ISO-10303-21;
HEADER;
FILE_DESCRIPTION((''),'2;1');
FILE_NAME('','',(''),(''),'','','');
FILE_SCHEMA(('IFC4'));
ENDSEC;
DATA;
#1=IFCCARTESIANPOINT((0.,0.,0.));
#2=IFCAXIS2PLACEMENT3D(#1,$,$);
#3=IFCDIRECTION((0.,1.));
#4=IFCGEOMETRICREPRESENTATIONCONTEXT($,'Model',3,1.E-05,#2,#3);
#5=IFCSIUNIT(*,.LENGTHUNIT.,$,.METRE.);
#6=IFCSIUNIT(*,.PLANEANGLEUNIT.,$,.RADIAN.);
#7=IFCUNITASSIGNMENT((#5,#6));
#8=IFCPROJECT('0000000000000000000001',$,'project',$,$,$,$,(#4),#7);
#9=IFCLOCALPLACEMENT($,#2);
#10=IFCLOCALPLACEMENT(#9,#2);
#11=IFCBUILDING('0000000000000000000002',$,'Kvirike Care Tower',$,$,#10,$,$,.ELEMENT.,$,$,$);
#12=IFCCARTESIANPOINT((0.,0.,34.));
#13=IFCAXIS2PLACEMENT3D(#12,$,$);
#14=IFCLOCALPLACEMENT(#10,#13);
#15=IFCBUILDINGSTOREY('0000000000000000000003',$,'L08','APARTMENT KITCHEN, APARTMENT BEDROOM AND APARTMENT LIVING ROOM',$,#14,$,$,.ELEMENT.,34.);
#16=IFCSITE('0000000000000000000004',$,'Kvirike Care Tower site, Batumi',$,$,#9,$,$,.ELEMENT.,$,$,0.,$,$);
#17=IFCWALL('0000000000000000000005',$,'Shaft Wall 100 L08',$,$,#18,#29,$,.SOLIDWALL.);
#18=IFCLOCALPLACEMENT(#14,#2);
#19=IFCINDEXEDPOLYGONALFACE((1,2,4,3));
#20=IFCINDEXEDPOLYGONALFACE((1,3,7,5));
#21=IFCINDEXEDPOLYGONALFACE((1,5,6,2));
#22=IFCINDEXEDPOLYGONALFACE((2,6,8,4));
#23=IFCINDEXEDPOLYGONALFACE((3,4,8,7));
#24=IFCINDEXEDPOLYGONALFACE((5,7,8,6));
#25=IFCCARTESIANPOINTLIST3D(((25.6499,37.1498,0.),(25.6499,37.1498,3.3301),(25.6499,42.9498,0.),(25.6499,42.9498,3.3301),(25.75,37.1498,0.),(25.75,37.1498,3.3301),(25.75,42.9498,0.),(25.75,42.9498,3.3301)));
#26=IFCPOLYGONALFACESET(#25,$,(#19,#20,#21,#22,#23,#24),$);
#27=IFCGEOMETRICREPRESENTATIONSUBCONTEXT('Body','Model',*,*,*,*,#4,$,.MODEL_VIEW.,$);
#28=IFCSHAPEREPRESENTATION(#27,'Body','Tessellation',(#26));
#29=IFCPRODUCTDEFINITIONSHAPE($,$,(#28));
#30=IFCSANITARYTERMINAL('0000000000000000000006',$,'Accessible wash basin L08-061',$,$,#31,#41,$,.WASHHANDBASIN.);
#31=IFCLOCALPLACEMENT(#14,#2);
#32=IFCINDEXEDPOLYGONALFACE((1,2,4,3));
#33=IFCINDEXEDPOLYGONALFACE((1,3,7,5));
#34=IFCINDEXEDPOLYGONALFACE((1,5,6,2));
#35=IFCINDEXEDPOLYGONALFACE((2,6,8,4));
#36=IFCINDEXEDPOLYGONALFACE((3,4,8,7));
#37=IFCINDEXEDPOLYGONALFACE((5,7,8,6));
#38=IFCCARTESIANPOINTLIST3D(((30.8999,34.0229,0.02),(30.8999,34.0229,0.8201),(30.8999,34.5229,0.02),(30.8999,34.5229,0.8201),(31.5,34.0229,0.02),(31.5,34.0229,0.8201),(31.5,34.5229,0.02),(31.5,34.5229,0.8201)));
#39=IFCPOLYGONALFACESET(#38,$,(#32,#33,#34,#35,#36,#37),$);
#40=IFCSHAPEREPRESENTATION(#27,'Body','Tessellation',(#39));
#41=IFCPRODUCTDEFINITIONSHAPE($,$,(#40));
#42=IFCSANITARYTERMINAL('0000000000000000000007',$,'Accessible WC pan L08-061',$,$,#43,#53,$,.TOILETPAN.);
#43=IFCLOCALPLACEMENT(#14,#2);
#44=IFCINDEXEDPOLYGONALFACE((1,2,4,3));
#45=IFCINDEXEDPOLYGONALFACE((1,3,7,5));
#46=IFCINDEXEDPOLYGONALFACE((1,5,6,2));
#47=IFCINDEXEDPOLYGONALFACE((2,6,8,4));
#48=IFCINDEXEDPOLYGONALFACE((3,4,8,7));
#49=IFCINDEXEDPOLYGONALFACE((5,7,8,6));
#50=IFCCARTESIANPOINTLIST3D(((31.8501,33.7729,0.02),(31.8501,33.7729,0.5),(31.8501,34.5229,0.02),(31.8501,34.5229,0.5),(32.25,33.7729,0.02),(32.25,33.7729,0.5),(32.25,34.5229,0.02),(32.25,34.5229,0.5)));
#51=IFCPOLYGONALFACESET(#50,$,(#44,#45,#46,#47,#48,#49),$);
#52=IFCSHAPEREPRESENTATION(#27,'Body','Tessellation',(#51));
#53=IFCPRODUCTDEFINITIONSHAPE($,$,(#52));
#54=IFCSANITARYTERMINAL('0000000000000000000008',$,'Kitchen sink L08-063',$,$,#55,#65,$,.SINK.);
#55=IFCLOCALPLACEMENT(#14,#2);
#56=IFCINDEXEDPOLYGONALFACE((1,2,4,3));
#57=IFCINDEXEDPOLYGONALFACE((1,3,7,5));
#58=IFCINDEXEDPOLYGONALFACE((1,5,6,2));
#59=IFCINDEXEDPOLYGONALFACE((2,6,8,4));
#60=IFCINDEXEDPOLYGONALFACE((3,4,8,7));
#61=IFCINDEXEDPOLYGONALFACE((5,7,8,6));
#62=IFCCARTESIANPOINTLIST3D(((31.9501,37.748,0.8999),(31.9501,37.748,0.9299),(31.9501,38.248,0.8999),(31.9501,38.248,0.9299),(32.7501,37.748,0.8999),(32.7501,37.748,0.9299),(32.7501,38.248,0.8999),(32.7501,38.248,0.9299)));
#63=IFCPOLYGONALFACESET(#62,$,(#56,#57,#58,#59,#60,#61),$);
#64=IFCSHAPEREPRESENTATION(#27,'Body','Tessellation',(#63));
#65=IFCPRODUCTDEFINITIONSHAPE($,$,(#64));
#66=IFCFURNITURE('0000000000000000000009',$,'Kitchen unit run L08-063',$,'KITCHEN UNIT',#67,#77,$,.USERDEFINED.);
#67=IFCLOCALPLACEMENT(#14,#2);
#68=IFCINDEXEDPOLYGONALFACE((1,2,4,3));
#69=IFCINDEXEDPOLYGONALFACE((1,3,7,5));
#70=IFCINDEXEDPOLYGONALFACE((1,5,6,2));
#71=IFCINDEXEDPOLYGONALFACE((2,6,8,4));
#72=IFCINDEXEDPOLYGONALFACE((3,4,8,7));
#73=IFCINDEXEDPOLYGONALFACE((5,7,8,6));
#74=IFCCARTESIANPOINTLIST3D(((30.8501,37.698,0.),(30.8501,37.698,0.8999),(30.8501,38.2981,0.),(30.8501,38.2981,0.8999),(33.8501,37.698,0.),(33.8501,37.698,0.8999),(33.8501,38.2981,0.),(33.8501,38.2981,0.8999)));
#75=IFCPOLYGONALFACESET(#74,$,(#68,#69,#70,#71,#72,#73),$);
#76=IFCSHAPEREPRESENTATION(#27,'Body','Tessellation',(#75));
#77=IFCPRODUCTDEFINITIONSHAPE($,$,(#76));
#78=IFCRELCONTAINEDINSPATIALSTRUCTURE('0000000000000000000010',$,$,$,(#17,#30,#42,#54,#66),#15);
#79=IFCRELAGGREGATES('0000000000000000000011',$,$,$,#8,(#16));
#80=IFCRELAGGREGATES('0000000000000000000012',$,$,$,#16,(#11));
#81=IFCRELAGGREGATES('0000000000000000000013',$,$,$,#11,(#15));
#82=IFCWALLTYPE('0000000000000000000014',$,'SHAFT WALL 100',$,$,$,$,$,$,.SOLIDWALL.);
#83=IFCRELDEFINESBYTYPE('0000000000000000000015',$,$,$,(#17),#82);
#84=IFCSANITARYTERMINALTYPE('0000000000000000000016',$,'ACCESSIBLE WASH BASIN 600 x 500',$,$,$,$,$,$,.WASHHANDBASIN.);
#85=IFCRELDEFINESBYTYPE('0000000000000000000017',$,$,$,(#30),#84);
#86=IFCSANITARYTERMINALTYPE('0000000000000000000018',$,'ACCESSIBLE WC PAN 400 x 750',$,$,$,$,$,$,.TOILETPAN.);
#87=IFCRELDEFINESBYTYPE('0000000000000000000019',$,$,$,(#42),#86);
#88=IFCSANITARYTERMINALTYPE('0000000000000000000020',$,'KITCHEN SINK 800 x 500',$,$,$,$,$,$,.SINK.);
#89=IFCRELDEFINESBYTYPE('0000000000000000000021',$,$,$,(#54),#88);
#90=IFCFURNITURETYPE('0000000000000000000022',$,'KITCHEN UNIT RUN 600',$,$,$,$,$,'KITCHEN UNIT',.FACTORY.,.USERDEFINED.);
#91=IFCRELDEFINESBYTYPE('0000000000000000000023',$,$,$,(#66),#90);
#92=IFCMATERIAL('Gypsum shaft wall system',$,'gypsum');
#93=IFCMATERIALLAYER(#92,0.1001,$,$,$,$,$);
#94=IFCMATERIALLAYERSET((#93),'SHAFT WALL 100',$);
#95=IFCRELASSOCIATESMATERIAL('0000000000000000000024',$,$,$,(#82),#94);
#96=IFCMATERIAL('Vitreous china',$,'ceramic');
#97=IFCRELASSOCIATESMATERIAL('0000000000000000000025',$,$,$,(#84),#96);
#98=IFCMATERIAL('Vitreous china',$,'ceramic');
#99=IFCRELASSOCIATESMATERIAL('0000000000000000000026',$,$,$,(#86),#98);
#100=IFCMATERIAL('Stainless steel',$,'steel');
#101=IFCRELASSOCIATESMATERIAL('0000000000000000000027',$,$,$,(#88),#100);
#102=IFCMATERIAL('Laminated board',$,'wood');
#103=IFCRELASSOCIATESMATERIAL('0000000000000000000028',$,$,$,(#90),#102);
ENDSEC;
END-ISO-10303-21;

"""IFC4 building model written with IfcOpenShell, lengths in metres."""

from ifc_helpers import new_model, si_unit, direction, frame, frame_2d, origin, origin_2d, place, context, subcontext, project, spatial, rectangle, extrude, material, layer, layer_set, type_object, element, save


model = new_model("IFC4")

# Units and contexts
model_context = context("Model", 3, precision=1e-05, world=origin(), true_north=direction((0.0, 1.0)))
body_context = subcontext(model_context, "Body", "Model", "MODEL_VIEW")
ifc_project = project(units=[si_unit("LENGTHUNIT", "METRE"), si_unit("PLANEANGLEUNIT", "RADIAN")], contexts=[model_context])

# Site, building, storey
site_placement = place(None, origin())
site = spatial("IfcSite", under=ifc_project, at=site_placement, Name="Kvirike Care Tower site, Batumi", CompositionType="ELEMENT", RefElevation=0.0)
building_placement = place(site_placement, origin())
building = spatial("IfcBuilding", under=site, at=building_placement, Name="Kvirike Care Tower", CompositionType="ELEMENT")
storey_placement = place(building_placement, frame((0.0, 0.0, 34.0)))
storey = spatial("IfcBuildingStorey", under=building, at=storey_placement, Name="L08", Description="APARTMENT KITCHEN, APARTMENT BEDROOM AND APARTMENT LIVING ROOM", CompositionType="ELEMENT", Elevation=34.0)

# Shared definitions
ifc_material_1 = material(Name="Gypsum shaft wall system", Category="gypsum")
ifc_layer_1 = layer(ifc_material_1, 0.1001)
ifc_layer_set_1 = layer_set([ifc_layer_1], Name="SHAFT WALL 100")
wall_type_1 = type_object("IfcWallType", Name="SHAFT WALL 100", PredefinedType="SOLIDWALL", material=ifc_layer_set_1)

# Wall
wall_1_placement = place(storey_placement, frame((25.7, 37.1499, 0.0), z_axis=(0.0, 0.0, 1.0), x_axis=(0.0, 1.0, 0.0)))
element("IfcWall", 1, at=wall_1_placement, inside=storey, type_object=wall_type_1, Name="Shaft Wall 100 L08", PredefinedType="SOLIDWALL", context=body_context, shape_type="SweptSolid", body=[
    extrude(rectangle(XDim=5.8, YDim=0.1001, at=frame_2d((2.8999, 0.0))), origin(), (0.0, 0.0, 1.0), 3.3301),
])

# Sanitary terminals
ifc_material_2 = material(Name="Vitreous china", Category="ceramic")
sanitary_terminal_type_1 = type_object("IfcSanitaryTerminalType", Name="ACCESSIBLE WASH BASIN 600 x 500", PredefinedType="WASHHANDBASIN", material=ifc_material_2)
sanitary_terminal_1_placement = place(storey_placement, frame((31.2, 34.2729, 0.02), z_axis=(0.0, 0.0, 1.0), x_axis=(1.0, 0.0, 0.0)))
element("IfcSanitaryTerminal", 2, at=sanitary_terminal_1_placement, inside=storey, type_object=sanitary_terminal_type_1, Name="Accessible wash basin L08-061", PredefinedType="WASHHANDBASIN", context=body_context, shape_type="SweptSolid", body=[
    extrude(rectangle(XDim=0.6001, YDim=0.5, at=origin_2d()), origin(), (0.0, 0.0, 1.0), 0.8),
])
ifc_material_3 = material(Name="Vitreous china", Category="ceramic")
sanitary_terminal_type_2 = type_object("IfcSanitaryTerminalType", Name="ACCESSIBLE WC PAN 400 x 750", PredefinedType="TOILETPAN", material=ifc_material_3)
sanitary_terminal_2_placement = place(storey_placement, frame((32.05, 34.1479, 0.02), z_axis=(0.0, 0.0, 1.0), x_axis=(1.0, 0.0, 0.0)))
element("IfcSanitaryTerminal", 3, at=sanitary_terminal_2_placement, inside=storey, type_object=sanitary_terminal_type_2, Name="Accessible WC pan L08-061", PredefinedType="TOILETPAN", context=body_context, shape_type="SweptSolid", body=[
    extrude(rectangle(XDim=0.3999, YDim=0.75, at=origin_2d()), origin(), (0.0, 0.0, 1.0), 0.48),
])
ifc_material_4 = material(Name="Stainless steel", Category="steel")
sanitary_terminal_type_3 = type_object("IfcSanitaryTerminalType", Name="KITCHEN SINK 800 x 500", PredefinedType="SINK", material=ifc_material_4)
sanitary_terminal_3_placement = place(storey_placement, frame((32.3501, 37.998, 0.8999), z_axis=(0.0, 0.0, 1.0), x_axis=(1.0, 0.0, 0.0)))
element("IfcSanitaryTerminal", 4, at=sanitary_terminal_3_placement, inside=storey, type_object=sanitary_terminal_type_3, Name="Kitchen sink L08-063", PredefinedType="SINK", context=body_context, shape_type="SweptSolid", body=[
    extrude(rectangle(XDim=0.8, YDim=0.5, at=origin_2d()), origin(), (0.0, 0.0, 1.0), 0.03),
])

# Furniture
ifc_material_5 = material(Name="Laminated board", Category="wood")
furniture_type = type_object("IfcFurnitureType", Name="KITCHEN UNIT RUN 600", ElementType="KITCHEN UNIT", AssemblyPlace="FACTORY", PredefinedType="USERDEFINED", material=ifc_material_5)
furniture_placement = place(storey_placement, frame((32.3501, 37.998, 0.0), z_axis=(0.0, 0.0, 1.0), x_axis=(1.0, 0.0, 0.0)))
element("IfcFurniture", 5, at=furniture_placement, inside=storey, type_object=furniture_type, Name="Kitchen unit run L08-063", ObjectType="KITCHEN UNIT", PredefinedType="USERDEFINED", context=body_context, shape_type="SweptSolid", body=[
    extrude(rectangle(XDim=3.0, YDim=0.6001, at=origin_2d()), origin(), (0.0, 0.0, 1.0), 0.8999),
])

save(model, "model.ifc")
